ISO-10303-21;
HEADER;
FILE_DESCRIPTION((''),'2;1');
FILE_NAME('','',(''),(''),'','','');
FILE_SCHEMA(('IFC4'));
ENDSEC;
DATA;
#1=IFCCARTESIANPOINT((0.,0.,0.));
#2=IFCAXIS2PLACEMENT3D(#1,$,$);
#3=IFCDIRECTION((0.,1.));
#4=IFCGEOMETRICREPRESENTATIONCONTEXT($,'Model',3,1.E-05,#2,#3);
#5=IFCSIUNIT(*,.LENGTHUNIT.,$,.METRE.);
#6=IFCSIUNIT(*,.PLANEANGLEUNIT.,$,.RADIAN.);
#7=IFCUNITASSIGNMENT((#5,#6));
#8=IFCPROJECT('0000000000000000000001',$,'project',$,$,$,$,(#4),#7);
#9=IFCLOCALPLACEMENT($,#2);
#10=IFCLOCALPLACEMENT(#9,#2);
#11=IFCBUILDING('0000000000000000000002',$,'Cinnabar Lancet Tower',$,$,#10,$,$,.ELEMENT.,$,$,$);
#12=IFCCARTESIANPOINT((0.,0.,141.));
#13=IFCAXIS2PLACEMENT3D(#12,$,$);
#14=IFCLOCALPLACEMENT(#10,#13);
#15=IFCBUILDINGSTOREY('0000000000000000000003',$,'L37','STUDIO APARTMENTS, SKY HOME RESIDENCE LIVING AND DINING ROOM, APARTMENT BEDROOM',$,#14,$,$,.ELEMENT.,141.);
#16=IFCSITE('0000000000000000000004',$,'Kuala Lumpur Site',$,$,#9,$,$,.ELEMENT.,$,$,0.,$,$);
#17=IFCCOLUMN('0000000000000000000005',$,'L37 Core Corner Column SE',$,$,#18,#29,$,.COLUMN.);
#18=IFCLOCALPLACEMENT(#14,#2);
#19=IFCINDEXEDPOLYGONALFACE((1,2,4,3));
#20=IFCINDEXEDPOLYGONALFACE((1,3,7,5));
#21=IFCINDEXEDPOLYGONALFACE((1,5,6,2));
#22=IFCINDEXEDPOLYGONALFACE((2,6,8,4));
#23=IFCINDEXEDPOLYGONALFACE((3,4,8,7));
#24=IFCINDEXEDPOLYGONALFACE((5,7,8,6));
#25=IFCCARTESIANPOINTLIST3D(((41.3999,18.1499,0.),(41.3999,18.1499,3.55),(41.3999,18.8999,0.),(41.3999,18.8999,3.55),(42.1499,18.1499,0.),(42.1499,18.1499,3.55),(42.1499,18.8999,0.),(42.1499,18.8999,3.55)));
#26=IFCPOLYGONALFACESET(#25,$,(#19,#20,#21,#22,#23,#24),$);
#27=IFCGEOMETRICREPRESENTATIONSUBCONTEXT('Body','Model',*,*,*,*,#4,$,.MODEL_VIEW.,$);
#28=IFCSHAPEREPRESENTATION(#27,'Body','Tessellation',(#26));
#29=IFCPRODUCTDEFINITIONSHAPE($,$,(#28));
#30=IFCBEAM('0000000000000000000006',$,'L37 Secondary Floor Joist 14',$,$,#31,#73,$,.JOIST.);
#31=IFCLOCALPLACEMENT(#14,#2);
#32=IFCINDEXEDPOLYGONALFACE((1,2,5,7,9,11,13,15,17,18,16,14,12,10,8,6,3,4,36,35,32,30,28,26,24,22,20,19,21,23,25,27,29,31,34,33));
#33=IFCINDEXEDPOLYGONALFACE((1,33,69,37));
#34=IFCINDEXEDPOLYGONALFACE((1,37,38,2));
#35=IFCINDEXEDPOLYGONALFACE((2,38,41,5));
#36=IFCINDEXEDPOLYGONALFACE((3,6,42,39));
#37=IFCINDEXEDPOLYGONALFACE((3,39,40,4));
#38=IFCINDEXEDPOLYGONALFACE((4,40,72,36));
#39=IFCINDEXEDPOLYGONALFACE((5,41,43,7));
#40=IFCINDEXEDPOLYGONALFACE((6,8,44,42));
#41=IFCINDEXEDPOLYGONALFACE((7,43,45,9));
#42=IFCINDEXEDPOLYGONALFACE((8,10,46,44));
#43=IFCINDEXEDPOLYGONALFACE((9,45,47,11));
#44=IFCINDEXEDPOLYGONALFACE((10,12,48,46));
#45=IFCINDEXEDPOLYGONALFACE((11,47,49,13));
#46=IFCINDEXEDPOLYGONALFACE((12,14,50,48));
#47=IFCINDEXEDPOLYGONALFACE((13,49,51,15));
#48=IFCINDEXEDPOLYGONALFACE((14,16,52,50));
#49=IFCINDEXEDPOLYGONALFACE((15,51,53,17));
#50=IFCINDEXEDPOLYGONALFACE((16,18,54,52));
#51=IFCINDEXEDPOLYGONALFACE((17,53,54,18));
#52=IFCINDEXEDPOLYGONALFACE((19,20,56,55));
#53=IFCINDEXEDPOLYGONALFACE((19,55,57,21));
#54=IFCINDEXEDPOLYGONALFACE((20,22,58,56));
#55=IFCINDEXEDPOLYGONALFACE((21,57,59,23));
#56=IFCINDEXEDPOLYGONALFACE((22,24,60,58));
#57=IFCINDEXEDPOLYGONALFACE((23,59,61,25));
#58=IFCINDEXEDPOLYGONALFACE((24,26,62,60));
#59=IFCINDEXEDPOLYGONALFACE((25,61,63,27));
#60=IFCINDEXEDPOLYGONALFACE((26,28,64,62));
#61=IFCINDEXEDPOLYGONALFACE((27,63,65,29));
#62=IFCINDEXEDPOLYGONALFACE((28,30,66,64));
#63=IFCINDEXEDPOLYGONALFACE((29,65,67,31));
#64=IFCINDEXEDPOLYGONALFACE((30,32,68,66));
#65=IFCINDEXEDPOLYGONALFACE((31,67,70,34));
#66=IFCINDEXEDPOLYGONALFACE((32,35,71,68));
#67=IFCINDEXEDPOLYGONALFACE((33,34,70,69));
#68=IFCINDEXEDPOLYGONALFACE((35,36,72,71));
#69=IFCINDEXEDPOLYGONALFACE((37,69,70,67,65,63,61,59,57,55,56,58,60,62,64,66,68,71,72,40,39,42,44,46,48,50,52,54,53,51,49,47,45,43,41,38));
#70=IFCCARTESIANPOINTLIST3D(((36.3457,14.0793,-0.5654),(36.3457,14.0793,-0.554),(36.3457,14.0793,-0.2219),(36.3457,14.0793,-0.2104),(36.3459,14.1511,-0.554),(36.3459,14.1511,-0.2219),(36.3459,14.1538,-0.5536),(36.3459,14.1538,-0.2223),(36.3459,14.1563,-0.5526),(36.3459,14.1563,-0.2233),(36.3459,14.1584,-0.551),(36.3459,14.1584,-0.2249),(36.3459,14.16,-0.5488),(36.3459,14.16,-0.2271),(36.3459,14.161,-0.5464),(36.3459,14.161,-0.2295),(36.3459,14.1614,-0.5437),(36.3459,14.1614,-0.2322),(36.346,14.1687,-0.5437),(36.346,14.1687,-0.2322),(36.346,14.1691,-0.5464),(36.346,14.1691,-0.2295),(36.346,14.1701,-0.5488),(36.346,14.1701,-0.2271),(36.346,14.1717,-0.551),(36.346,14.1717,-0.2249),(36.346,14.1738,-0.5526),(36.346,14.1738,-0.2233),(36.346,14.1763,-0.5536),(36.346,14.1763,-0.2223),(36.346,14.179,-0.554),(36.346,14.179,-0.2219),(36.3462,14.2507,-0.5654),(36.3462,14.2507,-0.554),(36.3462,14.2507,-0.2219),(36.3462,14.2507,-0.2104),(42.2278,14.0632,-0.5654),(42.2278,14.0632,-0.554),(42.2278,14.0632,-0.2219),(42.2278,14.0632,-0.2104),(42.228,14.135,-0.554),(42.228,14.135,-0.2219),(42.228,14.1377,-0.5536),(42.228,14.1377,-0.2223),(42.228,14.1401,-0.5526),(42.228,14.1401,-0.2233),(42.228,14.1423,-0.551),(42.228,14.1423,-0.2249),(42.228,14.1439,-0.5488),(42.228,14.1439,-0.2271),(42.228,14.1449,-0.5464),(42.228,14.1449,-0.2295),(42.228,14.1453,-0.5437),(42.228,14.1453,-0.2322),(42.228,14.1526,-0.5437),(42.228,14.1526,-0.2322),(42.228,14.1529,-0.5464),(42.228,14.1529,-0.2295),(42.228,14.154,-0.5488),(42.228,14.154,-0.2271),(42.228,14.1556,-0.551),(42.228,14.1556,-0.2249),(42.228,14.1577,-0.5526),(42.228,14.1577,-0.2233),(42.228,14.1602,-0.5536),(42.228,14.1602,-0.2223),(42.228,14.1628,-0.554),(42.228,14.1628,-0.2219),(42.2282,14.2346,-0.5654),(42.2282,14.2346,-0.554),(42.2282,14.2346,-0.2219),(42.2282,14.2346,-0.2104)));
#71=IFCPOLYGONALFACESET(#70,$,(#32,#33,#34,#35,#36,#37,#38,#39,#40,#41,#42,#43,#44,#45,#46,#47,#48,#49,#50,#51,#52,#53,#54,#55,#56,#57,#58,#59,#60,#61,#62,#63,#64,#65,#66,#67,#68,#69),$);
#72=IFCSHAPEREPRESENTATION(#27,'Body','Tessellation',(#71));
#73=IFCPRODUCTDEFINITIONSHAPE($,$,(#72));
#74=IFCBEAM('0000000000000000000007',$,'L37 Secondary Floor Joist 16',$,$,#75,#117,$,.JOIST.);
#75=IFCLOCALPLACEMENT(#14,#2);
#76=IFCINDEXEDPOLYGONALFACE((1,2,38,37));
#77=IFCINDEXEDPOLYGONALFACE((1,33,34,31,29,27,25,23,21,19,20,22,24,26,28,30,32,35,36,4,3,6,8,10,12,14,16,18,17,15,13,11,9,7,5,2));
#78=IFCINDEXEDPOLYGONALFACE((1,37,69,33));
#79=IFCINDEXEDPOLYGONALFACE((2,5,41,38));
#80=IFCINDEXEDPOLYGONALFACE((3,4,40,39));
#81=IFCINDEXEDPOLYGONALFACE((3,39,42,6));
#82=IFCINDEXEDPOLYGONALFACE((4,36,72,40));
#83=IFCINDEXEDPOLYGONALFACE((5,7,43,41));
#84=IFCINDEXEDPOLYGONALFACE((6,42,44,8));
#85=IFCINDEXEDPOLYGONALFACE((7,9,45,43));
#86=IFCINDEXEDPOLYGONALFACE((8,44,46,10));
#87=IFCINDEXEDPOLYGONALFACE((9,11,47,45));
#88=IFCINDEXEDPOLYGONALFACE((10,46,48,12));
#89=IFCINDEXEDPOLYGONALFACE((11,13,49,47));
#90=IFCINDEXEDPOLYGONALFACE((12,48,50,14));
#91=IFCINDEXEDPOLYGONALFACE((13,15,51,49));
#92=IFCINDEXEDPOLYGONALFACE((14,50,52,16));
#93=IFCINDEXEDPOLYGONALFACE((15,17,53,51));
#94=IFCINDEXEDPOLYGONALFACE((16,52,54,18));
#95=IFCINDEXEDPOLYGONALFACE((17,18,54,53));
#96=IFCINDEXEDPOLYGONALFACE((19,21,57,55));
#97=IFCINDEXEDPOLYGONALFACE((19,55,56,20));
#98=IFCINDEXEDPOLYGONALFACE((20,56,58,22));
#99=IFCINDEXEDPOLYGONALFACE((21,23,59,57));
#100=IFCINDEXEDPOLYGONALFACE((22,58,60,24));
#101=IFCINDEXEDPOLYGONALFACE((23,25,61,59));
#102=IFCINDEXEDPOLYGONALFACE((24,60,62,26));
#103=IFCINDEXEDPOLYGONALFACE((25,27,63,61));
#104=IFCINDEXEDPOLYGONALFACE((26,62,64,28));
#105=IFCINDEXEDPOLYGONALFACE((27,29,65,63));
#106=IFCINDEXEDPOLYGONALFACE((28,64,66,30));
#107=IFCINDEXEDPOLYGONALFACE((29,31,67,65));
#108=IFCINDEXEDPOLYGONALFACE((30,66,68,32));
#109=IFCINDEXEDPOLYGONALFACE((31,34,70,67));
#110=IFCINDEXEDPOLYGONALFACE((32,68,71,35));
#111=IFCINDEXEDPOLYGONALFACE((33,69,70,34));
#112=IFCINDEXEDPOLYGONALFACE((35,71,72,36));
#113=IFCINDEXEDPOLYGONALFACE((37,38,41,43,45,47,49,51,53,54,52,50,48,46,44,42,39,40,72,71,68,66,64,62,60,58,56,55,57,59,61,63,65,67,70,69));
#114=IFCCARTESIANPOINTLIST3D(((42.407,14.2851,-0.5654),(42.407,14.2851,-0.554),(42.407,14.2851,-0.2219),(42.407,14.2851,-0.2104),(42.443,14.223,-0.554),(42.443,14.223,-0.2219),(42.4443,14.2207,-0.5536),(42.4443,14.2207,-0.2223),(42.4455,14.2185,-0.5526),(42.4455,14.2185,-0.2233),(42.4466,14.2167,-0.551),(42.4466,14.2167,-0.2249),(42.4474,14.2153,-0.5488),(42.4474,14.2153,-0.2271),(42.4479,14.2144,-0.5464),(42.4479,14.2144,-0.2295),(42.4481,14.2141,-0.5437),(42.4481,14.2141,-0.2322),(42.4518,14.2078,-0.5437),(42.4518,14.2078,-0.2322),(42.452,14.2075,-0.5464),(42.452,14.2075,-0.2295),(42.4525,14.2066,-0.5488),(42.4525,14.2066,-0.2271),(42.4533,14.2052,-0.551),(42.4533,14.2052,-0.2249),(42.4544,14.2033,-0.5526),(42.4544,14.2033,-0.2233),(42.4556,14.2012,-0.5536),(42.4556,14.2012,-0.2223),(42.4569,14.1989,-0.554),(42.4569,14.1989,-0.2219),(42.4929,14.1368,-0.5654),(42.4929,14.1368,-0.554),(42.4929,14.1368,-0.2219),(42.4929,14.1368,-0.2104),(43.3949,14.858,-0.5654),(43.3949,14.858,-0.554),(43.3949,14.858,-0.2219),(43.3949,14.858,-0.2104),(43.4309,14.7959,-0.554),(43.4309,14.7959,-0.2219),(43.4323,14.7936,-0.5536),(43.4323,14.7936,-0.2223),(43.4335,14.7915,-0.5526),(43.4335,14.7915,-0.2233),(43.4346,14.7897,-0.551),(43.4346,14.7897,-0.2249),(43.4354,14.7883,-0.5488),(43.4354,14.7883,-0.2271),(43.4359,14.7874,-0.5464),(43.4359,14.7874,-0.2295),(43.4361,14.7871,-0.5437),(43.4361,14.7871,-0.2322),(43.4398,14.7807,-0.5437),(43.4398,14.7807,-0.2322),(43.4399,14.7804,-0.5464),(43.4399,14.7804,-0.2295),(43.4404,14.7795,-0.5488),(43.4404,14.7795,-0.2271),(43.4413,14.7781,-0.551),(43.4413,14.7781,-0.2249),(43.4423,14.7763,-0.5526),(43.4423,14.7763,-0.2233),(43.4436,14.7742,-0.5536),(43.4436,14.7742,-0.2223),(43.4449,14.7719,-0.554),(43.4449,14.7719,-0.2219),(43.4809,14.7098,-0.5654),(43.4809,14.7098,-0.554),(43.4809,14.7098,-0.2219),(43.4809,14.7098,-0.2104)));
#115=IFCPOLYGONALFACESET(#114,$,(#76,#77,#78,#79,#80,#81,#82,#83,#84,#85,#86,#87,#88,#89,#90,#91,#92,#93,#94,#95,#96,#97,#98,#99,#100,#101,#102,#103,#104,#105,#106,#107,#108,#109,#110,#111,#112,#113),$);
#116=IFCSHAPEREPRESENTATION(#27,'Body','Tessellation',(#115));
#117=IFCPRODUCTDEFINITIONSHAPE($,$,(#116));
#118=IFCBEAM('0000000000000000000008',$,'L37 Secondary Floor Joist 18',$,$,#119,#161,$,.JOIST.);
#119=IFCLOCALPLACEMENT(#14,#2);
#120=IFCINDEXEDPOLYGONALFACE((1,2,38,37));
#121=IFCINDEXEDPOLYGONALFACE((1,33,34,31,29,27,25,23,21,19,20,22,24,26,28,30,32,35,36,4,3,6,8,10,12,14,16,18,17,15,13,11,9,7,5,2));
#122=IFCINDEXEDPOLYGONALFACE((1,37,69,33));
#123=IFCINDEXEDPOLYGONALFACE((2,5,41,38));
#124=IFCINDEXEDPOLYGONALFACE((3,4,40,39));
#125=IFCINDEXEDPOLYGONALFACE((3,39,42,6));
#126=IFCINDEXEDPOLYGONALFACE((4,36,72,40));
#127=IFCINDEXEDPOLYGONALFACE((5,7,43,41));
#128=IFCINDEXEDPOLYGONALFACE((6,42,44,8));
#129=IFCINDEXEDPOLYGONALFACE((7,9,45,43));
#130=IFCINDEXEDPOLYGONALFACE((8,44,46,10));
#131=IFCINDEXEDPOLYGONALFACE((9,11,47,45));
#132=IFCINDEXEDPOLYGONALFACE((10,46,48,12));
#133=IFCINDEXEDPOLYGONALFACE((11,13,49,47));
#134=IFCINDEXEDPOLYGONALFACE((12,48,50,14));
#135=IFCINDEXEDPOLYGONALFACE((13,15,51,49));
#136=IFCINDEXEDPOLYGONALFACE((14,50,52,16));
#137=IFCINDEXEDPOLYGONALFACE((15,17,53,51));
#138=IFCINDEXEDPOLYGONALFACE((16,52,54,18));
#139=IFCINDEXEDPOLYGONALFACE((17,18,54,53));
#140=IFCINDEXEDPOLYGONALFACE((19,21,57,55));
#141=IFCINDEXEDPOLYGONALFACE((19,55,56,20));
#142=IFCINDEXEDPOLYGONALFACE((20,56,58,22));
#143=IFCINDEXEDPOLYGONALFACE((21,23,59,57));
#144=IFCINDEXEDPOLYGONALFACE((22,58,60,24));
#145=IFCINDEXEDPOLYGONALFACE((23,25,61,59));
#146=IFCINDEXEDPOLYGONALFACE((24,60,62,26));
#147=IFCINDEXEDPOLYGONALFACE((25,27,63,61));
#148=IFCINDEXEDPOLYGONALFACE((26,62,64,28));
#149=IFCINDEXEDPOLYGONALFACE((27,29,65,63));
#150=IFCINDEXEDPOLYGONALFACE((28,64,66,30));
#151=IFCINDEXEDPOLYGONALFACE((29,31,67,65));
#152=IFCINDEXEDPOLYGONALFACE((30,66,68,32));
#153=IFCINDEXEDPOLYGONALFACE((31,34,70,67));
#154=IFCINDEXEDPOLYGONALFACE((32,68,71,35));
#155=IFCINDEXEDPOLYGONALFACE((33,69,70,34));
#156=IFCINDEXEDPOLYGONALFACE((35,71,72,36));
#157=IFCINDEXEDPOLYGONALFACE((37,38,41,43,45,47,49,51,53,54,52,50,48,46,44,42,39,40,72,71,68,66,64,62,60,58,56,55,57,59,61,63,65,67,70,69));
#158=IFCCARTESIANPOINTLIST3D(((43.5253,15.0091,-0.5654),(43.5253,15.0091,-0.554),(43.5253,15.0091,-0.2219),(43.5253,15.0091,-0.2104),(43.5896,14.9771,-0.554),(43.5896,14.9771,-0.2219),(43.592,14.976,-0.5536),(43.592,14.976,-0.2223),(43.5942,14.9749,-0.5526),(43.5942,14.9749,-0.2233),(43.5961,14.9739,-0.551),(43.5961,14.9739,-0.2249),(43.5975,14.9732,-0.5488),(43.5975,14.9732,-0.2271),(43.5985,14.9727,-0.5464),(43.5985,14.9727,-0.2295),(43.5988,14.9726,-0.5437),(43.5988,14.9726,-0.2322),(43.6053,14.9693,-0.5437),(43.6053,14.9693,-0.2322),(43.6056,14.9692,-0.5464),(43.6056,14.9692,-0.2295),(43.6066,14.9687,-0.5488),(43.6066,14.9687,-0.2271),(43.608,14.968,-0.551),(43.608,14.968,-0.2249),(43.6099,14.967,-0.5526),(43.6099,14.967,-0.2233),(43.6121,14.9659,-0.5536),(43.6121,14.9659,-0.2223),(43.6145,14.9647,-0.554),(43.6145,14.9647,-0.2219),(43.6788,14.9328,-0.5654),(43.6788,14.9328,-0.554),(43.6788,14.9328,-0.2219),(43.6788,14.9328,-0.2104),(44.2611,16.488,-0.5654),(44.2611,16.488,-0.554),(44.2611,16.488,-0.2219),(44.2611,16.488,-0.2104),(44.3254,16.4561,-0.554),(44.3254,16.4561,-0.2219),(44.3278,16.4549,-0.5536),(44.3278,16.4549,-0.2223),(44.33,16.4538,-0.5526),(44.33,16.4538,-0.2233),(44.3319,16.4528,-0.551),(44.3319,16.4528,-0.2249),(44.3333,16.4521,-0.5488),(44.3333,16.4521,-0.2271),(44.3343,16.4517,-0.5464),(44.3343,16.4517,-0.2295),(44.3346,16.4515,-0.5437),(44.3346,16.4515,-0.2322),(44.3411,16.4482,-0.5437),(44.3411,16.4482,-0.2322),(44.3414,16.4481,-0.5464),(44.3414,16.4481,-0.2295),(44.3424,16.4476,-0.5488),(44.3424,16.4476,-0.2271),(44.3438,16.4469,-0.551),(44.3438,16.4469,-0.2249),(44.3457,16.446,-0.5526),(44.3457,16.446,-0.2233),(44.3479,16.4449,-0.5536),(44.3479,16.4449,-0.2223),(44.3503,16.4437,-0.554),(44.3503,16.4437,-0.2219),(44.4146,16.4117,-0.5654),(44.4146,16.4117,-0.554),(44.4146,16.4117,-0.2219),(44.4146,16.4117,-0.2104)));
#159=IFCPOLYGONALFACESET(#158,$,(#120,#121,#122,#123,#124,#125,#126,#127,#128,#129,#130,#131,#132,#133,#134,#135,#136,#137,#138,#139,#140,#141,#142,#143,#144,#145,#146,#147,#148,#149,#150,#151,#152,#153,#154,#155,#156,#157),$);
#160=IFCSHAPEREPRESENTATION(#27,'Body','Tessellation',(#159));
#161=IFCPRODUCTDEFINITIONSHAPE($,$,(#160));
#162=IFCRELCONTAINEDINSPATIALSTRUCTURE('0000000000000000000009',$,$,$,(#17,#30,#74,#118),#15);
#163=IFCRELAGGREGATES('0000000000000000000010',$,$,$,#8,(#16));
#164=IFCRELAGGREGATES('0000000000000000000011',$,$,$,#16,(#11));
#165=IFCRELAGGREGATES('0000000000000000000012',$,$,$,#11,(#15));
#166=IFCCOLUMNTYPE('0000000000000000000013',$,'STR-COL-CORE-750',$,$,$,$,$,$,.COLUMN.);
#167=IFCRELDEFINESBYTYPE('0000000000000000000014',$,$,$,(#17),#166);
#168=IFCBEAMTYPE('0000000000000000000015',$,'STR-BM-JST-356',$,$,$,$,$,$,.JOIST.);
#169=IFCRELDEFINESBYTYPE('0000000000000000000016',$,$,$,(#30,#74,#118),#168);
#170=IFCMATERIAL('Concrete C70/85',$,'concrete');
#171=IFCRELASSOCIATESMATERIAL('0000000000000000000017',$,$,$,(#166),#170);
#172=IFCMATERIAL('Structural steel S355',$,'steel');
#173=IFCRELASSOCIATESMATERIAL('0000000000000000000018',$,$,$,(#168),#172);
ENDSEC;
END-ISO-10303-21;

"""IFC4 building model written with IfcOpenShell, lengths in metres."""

from ifc_helpers import new_model, si_unit, direction, frame, origin, origin_2d, place, context, subcontext, project, spatial, rectangle, i_section, extrude, material, material_profile, profile_set, type_object, element, save


model = new_model("IFC4")

# Units and contexts
model_context = context("Model", 3, precision=1e-05, world=origin(), true_north=direction((0.0, 1.0)))
body_context = subcontext(model_context, "Body", "Model", "MODEL_VIEW")
ifc_project = project(units=[si_unit("LENGTHUNIT", "METRE"), si_unit("PLANEANGLEUNIT", "RADIAN")], contexts=[model_context])

# Site, building, storey
site_placement = place(None, origin())
site = spatial("IfcSite", under=ifc_project, at=site_placement, Name="Kuala Lumpur Site", CompositionType="ELEMENT", RefElevation=0.0)
building_placement = place(site_placement, origin())
building = spatial("IfcBuilding", under=site, at=building_placement, Name="Cinnabar Lancet Tower", CompositionType="ELEMENT")
storey_placement = place(building_placement, frame((0.0, 0.0, 141.0)))
storey = spatial("IfcBuildingStorey", under=building, at=storey_placement, Name="L37", Description="STUDIO APARTMENTS, SKY HOME RESIDENCE LIVING AND DINING ROOM, APARTMENT BEDROOM", CompositionType="ELEMENT", Elevation=141.0)

# Column
ifc_material_1 = material(Name="Concrete C70/85", Category="concrete")
ifc_material_profile_1 = material_profile(ifc_material_1, rectangle(XDim=0.75, YDim=0.75, at=origin_2d()), Name="RC-COL 750x750")
ifc_profile_set_1 = profile_set([ifc_material_profile_1], Name="Concrete C70/85")
column_type = type_object("IfcColumnType", Name="STR-COL-CORE-750", PredefinedType="COLUMN", material=ifc_profile_set_1)
column_placement = place(storey_placement, frame((41.7749, 18.5249, 0.0), z_axis=(0.0, 0.0, 1.0), x_axis=(1.0, 0.0, 0.0)))
element("IfcColumn", 1, at=column_placement, inside=storey, type_object=column_type, Name="L37 Core Corner Column SE", PredefinedType="COLUMN", context=body_context, shape_type="SweptSolid", body=[
    extrude(rectangle(XDim=0.75, YDim=0.75, at=origin_2d()), origin(), (0.0, 0.0, 1.0), 3.55),
])

# Beams
ifc_material_2 = material(Name="Structural steel S355", Category="steel")
ifc_material_profile_2 = material_profile(ifc_material_2, i_section(OverallWidth=0.1714, OverallDepth=0.355, WebThickness=0.0073, FlangeThickness=0.0115, FilletRadius=0.0103, at=origin_2d()), Name="UKB 356x171x51")
ifc_profile_set_2 = profile_set([ifc_material_profile_2], Name="Structural steel S355")
beam_type_1 = type_object("IfcBeamType", Name="STR-BM-JST-356", PredefinedType="JOIST", material=ifc_profile_set_2)
beam_1_placement = place(storey_placement, frame((36.3459, 14.165, -0.3879), z_axis=(0.999996, -0.002739, 0.0), x_axis=(0.002739, 0.999996, 0.0)))
element("IfcBeam", 2, at=beam_1_placement, inside=storey, type_object=beam_type_1, Name="L37 Secondary Floor Joist 14", PredefinedType="JOIST", context=body_context, shape_type="SweptSolid", body=[
    extrude(i_section(OverallWidth=0.1714, OverallDepth=0.355, WebThickness=0.0073, FlangeThickness=0.0115, FilletRadius=0.0103, at=origin_2d()), origin(), (0.0, 0.0, 1.0), 5.8821),
])
beam_2_placement = place(storey_placement, frame((42.45, 14.2109, -0.3879), z_axis=(0.865055, 0.501677, 0.0), x_axis=(-0.501677, 0.865055, 0.0)))
element("IfcBeam", 3, at=beam_2_placement, inside=storey, type_object=beam_type_1, Name="L37 Secondary Floor Joist 16", PredefinedType="JOIST", context=body_context, shape_type="SweptSolid", body=[
    extrude(i_section(OverallWidth=0.1714, OverallDepth=0.355, WebThickness=0.0073, FlangeThickness=0.0115, FilletRadius=0.0103, at=origin_2d()), origin(), (0.0, 0.0, 1.0), 1.1421),
])
beam_3_placement = place(storey_placement, frame((43.6021, 14.9709, -0.3879), z_axis=(0.445439, 0.895312, 0.0), x_axis=(-0.895312, 0.445439, 0.0)))
element("IfcBeam", 4, at=beam_3_placement, inside=storey, type_object=beam_type_1, Name="L37 Secondary Floor Joist 18", PredefinedType="JOIST", context=body_context, shape_type="SweptSolid", body=[
    extrude(i_section(OverallWidth=0.1714, OverallDepth=0.355, WebThickness=0.0073, FlangeThickness=0.0115, FilletRadius=0.0103, at=origin_2d()), origin(), (0.0, 0.0, 1.0), 1.6519),
])

save(model, "model.ifc")
